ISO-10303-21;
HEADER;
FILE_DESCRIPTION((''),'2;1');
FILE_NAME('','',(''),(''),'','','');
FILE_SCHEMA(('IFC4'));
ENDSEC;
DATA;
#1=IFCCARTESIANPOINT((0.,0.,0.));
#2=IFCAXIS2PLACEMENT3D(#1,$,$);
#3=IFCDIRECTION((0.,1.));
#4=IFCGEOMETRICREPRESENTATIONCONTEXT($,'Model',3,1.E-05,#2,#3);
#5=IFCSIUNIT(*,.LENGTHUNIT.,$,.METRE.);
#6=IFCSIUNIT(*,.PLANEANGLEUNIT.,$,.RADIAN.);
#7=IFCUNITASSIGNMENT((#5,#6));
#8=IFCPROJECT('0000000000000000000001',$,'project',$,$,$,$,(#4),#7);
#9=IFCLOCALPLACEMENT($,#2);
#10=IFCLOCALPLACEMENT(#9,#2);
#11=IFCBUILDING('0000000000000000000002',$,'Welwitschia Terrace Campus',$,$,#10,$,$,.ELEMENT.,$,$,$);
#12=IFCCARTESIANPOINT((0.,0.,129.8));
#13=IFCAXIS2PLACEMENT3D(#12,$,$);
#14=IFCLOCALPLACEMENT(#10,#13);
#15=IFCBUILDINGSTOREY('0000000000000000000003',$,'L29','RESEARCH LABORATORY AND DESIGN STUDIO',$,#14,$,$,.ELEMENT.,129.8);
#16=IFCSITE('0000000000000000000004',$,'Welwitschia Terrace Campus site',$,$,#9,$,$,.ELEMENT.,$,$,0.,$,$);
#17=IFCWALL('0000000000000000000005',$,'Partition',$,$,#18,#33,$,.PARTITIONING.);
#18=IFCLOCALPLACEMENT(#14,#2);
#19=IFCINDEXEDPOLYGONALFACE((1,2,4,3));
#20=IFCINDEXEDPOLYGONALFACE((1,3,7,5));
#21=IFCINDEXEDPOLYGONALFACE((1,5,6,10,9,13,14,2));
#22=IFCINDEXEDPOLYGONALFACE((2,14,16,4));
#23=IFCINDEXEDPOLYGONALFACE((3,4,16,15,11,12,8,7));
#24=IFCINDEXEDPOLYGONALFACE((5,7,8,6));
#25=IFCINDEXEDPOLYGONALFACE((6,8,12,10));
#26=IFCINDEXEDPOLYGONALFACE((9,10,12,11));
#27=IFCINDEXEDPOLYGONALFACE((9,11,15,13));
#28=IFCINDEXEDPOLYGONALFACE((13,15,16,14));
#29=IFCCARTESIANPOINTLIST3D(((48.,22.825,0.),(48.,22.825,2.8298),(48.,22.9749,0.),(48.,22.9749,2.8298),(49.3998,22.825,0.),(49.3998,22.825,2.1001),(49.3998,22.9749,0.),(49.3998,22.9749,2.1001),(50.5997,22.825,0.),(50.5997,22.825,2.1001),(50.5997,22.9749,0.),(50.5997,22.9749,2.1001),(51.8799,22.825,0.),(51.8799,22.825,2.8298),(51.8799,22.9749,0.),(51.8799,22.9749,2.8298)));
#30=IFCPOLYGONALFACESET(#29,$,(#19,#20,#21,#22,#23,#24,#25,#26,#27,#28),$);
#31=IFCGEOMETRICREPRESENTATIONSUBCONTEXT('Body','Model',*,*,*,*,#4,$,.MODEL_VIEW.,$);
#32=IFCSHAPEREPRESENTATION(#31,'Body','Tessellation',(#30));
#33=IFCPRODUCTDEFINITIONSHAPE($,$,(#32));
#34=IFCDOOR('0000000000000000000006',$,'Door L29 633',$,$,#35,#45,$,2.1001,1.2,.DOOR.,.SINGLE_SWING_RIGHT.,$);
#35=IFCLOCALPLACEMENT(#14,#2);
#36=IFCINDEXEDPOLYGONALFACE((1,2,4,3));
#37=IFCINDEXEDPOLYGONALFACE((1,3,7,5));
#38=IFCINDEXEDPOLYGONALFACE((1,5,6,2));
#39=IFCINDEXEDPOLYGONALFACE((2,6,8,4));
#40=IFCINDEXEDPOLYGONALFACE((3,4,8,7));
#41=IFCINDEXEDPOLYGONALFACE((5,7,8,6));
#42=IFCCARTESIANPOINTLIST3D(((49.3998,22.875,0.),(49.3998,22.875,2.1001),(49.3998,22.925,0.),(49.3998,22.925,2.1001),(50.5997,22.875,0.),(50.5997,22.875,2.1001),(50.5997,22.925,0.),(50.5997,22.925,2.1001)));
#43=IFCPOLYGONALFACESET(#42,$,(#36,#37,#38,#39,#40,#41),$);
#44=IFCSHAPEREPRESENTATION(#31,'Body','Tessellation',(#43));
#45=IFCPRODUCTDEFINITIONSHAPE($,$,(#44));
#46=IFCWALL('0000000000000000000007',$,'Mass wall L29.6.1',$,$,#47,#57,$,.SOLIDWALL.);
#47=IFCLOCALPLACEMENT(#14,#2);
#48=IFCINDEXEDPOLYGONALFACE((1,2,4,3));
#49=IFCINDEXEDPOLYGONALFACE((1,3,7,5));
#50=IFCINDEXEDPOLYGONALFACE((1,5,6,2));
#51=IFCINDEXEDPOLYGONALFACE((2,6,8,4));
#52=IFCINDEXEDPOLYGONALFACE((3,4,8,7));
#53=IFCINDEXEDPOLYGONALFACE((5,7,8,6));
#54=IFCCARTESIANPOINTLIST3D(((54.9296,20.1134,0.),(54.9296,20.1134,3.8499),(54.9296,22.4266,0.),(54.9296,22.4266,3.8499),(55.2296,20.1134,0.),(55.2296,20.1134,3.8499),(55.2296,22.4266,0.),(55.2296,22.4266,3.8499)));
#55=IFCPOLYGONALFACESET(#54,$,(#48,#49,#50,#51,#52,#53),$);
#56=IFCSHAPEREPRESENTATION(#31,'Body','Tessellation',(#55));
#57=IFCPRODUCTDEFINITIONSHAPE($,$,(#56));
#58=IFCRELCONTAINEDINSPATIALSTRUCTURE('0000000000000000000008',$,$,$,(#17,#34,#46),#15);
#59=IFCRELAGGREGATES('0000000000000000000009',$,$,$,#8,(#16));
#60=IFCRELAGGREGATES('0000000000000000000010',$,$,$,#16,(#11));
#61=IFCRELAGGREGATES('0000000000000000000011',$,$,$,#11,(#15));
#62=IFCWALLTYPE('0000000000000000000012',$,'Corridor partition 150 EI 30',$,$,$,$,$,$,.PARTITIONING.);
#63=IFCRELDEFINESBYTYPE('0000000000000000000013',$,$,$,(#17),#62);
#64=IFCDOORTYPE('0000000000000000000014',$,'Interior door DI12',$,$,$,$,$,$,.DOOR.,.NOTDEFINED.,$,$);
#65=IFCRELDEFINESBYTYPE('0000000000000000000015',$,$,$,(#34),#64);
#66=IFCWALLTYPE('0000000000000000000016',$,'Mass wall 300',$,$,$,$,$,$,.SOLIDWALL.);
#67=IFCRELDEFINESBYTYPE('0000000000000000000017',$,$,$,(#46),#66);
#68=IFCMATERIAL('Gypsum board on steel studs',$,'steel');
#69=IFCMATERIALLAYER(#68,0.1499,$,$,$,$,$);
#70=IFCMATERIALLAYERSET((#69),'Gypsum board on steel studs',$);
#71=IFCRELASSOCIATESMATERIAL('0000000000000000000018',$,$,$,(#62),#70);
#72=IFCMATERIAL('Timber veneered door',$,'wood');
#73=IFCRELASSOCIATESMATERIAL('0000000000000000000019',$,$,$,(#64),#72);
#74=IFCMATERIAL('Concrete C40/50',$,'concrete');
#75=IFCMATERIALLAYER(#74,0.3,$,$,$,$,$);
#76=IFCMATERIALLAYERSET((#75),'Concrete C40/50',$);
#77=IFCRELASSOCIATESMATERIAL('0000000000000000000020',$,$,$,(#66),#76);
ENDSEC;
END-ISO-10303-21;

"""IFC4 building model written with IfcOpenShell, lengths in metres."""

from ifc_helpers import new_model, si_unit, direction, frame, frame_2d, origin, place, context, subcontext, project, spatial, rectangle, extrude, material, layer, layer_set, type_object, element, fill, save


model = new_model("IFC4")

# Units and contexts
model_context = context("Model", 3, precision=1e-05, world=origin(), true_north=direction((0.0, 1.0)))
body_context = subcontext(model_context, "Body", "Model", "MODEL_VIEW")
ifc_project = project(units=[si_unit("LENGTHUNIT", "METRE"), si_unit("PLANEANGLEUNIT", "RADIAN")], contexts=[model_context])

# Site, building, storey
site_placement = place(None, origin())
site = spatial("IfcSite", under=ifc_project, at=site_placement, Name="Welwitschia Terrace Campus site", CompositionType="ELEMENT", RefElevation=0.0)
building_placement = place(site_placement, origin())
building = spatial("IfcBuilding", under=site, at=building_placement, Name="Welwitschia Terrace Campus", CompositionType="ELEMENT")
storey_placement = place(building_placement, frame((0.0, 0.0, 129.8)))
storey = spatial("IfcBuildingStorey", under=building, at=storey_placement, Name="L29", Description="RESEARCH LABORATORY AND DESIGN STUDIO", CompositionType="ELEMENT", Elevation=129.8)

# Shared definitions
ifc_material_1 = material(Name="Gypsum board on steel studs", Category="steel")
ifc_layer_1 = layer(ifc_material_1, 0.1499)
ifc_layer_set_1 = layer_set([ifc_layer_1], Name="Gypsum board on steel studs")
wall_type_1 = type_object("IfcWallType", Name="Corridor partition 150 EI 30", PredefinedType="PARTITIONING", material=ifc_layer_set_1)
ifc_material_2 = material(Name="Timber veneered door", Category="wood")
door_type = type_object("IfcDoorType", Name="Interior door DI12", OperationType="NOTDEFINED", PredefinedType="DOOR", material=ifc_material_2)

# Wall, opening, door
wall_1_placement = place(storey_placement, frame((51.8799, 22.8999, 0.0), z_axis=(0.0, 0.0, 1.0), x_axis=(-1.0, 0.0, 0.0)))
wall_1 = element("IfcWall", 1, at=wall_1_placement, inside=storey, type_object=wall_type_1, Name="Partition", PredefinedType="PARTITIONING", context=body_context, shape_type="SweptSolid", body=[
    extrude(rectangle(XDim=3.8799, YDim=0.1499, at=frame_2d((1.9399, 0.0))), origin(), (0.0, 0.0, 1.0), 2.8298),
])
opening_1_placement = place(wall_1_placement, frame((1.28, 0.0, 0.0)))
opening_1 = element("IfcOpeningElement", 2, at=opening_1_placement, cuts=wall_1, PredefinedType="OPENING", context=body_context, shape_type="SweptSolid", body=[
    extrude(rectangle(XDim=1.2, YDim=2.1001, at=frame_2d((0.6001, 1.05))), frame((0.0, 0.085, 0.0), z_axis=(0.0, -1.0, 0.0), x_axis=(1.0, 0.0, 0.0)), (0.0, 0.0, 1.0), 0.1699),
])
door_1_placement = place(opening_1_placement, origin())
door_1 = element("IfcDoor", 3, at=door_1_placement, inside=storey, type_object=door_type, Name="Door L29 633", OperationType="SINGLE_SWING_RIGHT", OverallHeight=2.1001, OverallWidth=1.2, PredefinedType="DOOR", context=body_context, shape_type="SweptSolid", body=[
    extrude(rectangle(XDim=1.2, YDim=2.1001, at=frame_2d((0.6001, 1.05))), frame((0.0, 0.0249, 0.0), z_axis=(0.0, -1.0, 0.0), x_axis=(1.0, 0.0, 0.0)), (0.0, 0.0, 1.0), 0.05),
])
fill(opening_1, door_1)

# Wall
ifc_material_3 = material(Name="Concrete C40/50", Category="concrete")
ifc_layer_2 = layer(ifc_material_3, 0.3)
ifc_layer_set_2 = layer_set([ifc_layer_2], Name="Concrete C40/50")
wall_type_2 = type_object("IfcWallType", Name="Mass wall 300", PredefinedType="SOLIDWALL", material=ifc_layer_set_2)
wall_2_placement = place(storey_placement, frame((55.0796, 20.1133, 0.0), z_axis=(0.0, 0.0, 1.0), x_axis=(0.0, 1.0, 0.0)))
element("IfcWall", 4, at=wall_2_placement, inside=storey, type_object=wall_type_2, Name="Mass wall L29.6.1", PredefinedType="SOLIDWALL", context=body_context, shape_type="SweptSolid", body=[
    extrude(rectangle(XDim=2.3132, YDim=0.3, at=frame_2d((1.1567, 0.0))), origin(), (0.0, 0.0, 1.0), 3.8499),
])

save(model, "model.ifc")
